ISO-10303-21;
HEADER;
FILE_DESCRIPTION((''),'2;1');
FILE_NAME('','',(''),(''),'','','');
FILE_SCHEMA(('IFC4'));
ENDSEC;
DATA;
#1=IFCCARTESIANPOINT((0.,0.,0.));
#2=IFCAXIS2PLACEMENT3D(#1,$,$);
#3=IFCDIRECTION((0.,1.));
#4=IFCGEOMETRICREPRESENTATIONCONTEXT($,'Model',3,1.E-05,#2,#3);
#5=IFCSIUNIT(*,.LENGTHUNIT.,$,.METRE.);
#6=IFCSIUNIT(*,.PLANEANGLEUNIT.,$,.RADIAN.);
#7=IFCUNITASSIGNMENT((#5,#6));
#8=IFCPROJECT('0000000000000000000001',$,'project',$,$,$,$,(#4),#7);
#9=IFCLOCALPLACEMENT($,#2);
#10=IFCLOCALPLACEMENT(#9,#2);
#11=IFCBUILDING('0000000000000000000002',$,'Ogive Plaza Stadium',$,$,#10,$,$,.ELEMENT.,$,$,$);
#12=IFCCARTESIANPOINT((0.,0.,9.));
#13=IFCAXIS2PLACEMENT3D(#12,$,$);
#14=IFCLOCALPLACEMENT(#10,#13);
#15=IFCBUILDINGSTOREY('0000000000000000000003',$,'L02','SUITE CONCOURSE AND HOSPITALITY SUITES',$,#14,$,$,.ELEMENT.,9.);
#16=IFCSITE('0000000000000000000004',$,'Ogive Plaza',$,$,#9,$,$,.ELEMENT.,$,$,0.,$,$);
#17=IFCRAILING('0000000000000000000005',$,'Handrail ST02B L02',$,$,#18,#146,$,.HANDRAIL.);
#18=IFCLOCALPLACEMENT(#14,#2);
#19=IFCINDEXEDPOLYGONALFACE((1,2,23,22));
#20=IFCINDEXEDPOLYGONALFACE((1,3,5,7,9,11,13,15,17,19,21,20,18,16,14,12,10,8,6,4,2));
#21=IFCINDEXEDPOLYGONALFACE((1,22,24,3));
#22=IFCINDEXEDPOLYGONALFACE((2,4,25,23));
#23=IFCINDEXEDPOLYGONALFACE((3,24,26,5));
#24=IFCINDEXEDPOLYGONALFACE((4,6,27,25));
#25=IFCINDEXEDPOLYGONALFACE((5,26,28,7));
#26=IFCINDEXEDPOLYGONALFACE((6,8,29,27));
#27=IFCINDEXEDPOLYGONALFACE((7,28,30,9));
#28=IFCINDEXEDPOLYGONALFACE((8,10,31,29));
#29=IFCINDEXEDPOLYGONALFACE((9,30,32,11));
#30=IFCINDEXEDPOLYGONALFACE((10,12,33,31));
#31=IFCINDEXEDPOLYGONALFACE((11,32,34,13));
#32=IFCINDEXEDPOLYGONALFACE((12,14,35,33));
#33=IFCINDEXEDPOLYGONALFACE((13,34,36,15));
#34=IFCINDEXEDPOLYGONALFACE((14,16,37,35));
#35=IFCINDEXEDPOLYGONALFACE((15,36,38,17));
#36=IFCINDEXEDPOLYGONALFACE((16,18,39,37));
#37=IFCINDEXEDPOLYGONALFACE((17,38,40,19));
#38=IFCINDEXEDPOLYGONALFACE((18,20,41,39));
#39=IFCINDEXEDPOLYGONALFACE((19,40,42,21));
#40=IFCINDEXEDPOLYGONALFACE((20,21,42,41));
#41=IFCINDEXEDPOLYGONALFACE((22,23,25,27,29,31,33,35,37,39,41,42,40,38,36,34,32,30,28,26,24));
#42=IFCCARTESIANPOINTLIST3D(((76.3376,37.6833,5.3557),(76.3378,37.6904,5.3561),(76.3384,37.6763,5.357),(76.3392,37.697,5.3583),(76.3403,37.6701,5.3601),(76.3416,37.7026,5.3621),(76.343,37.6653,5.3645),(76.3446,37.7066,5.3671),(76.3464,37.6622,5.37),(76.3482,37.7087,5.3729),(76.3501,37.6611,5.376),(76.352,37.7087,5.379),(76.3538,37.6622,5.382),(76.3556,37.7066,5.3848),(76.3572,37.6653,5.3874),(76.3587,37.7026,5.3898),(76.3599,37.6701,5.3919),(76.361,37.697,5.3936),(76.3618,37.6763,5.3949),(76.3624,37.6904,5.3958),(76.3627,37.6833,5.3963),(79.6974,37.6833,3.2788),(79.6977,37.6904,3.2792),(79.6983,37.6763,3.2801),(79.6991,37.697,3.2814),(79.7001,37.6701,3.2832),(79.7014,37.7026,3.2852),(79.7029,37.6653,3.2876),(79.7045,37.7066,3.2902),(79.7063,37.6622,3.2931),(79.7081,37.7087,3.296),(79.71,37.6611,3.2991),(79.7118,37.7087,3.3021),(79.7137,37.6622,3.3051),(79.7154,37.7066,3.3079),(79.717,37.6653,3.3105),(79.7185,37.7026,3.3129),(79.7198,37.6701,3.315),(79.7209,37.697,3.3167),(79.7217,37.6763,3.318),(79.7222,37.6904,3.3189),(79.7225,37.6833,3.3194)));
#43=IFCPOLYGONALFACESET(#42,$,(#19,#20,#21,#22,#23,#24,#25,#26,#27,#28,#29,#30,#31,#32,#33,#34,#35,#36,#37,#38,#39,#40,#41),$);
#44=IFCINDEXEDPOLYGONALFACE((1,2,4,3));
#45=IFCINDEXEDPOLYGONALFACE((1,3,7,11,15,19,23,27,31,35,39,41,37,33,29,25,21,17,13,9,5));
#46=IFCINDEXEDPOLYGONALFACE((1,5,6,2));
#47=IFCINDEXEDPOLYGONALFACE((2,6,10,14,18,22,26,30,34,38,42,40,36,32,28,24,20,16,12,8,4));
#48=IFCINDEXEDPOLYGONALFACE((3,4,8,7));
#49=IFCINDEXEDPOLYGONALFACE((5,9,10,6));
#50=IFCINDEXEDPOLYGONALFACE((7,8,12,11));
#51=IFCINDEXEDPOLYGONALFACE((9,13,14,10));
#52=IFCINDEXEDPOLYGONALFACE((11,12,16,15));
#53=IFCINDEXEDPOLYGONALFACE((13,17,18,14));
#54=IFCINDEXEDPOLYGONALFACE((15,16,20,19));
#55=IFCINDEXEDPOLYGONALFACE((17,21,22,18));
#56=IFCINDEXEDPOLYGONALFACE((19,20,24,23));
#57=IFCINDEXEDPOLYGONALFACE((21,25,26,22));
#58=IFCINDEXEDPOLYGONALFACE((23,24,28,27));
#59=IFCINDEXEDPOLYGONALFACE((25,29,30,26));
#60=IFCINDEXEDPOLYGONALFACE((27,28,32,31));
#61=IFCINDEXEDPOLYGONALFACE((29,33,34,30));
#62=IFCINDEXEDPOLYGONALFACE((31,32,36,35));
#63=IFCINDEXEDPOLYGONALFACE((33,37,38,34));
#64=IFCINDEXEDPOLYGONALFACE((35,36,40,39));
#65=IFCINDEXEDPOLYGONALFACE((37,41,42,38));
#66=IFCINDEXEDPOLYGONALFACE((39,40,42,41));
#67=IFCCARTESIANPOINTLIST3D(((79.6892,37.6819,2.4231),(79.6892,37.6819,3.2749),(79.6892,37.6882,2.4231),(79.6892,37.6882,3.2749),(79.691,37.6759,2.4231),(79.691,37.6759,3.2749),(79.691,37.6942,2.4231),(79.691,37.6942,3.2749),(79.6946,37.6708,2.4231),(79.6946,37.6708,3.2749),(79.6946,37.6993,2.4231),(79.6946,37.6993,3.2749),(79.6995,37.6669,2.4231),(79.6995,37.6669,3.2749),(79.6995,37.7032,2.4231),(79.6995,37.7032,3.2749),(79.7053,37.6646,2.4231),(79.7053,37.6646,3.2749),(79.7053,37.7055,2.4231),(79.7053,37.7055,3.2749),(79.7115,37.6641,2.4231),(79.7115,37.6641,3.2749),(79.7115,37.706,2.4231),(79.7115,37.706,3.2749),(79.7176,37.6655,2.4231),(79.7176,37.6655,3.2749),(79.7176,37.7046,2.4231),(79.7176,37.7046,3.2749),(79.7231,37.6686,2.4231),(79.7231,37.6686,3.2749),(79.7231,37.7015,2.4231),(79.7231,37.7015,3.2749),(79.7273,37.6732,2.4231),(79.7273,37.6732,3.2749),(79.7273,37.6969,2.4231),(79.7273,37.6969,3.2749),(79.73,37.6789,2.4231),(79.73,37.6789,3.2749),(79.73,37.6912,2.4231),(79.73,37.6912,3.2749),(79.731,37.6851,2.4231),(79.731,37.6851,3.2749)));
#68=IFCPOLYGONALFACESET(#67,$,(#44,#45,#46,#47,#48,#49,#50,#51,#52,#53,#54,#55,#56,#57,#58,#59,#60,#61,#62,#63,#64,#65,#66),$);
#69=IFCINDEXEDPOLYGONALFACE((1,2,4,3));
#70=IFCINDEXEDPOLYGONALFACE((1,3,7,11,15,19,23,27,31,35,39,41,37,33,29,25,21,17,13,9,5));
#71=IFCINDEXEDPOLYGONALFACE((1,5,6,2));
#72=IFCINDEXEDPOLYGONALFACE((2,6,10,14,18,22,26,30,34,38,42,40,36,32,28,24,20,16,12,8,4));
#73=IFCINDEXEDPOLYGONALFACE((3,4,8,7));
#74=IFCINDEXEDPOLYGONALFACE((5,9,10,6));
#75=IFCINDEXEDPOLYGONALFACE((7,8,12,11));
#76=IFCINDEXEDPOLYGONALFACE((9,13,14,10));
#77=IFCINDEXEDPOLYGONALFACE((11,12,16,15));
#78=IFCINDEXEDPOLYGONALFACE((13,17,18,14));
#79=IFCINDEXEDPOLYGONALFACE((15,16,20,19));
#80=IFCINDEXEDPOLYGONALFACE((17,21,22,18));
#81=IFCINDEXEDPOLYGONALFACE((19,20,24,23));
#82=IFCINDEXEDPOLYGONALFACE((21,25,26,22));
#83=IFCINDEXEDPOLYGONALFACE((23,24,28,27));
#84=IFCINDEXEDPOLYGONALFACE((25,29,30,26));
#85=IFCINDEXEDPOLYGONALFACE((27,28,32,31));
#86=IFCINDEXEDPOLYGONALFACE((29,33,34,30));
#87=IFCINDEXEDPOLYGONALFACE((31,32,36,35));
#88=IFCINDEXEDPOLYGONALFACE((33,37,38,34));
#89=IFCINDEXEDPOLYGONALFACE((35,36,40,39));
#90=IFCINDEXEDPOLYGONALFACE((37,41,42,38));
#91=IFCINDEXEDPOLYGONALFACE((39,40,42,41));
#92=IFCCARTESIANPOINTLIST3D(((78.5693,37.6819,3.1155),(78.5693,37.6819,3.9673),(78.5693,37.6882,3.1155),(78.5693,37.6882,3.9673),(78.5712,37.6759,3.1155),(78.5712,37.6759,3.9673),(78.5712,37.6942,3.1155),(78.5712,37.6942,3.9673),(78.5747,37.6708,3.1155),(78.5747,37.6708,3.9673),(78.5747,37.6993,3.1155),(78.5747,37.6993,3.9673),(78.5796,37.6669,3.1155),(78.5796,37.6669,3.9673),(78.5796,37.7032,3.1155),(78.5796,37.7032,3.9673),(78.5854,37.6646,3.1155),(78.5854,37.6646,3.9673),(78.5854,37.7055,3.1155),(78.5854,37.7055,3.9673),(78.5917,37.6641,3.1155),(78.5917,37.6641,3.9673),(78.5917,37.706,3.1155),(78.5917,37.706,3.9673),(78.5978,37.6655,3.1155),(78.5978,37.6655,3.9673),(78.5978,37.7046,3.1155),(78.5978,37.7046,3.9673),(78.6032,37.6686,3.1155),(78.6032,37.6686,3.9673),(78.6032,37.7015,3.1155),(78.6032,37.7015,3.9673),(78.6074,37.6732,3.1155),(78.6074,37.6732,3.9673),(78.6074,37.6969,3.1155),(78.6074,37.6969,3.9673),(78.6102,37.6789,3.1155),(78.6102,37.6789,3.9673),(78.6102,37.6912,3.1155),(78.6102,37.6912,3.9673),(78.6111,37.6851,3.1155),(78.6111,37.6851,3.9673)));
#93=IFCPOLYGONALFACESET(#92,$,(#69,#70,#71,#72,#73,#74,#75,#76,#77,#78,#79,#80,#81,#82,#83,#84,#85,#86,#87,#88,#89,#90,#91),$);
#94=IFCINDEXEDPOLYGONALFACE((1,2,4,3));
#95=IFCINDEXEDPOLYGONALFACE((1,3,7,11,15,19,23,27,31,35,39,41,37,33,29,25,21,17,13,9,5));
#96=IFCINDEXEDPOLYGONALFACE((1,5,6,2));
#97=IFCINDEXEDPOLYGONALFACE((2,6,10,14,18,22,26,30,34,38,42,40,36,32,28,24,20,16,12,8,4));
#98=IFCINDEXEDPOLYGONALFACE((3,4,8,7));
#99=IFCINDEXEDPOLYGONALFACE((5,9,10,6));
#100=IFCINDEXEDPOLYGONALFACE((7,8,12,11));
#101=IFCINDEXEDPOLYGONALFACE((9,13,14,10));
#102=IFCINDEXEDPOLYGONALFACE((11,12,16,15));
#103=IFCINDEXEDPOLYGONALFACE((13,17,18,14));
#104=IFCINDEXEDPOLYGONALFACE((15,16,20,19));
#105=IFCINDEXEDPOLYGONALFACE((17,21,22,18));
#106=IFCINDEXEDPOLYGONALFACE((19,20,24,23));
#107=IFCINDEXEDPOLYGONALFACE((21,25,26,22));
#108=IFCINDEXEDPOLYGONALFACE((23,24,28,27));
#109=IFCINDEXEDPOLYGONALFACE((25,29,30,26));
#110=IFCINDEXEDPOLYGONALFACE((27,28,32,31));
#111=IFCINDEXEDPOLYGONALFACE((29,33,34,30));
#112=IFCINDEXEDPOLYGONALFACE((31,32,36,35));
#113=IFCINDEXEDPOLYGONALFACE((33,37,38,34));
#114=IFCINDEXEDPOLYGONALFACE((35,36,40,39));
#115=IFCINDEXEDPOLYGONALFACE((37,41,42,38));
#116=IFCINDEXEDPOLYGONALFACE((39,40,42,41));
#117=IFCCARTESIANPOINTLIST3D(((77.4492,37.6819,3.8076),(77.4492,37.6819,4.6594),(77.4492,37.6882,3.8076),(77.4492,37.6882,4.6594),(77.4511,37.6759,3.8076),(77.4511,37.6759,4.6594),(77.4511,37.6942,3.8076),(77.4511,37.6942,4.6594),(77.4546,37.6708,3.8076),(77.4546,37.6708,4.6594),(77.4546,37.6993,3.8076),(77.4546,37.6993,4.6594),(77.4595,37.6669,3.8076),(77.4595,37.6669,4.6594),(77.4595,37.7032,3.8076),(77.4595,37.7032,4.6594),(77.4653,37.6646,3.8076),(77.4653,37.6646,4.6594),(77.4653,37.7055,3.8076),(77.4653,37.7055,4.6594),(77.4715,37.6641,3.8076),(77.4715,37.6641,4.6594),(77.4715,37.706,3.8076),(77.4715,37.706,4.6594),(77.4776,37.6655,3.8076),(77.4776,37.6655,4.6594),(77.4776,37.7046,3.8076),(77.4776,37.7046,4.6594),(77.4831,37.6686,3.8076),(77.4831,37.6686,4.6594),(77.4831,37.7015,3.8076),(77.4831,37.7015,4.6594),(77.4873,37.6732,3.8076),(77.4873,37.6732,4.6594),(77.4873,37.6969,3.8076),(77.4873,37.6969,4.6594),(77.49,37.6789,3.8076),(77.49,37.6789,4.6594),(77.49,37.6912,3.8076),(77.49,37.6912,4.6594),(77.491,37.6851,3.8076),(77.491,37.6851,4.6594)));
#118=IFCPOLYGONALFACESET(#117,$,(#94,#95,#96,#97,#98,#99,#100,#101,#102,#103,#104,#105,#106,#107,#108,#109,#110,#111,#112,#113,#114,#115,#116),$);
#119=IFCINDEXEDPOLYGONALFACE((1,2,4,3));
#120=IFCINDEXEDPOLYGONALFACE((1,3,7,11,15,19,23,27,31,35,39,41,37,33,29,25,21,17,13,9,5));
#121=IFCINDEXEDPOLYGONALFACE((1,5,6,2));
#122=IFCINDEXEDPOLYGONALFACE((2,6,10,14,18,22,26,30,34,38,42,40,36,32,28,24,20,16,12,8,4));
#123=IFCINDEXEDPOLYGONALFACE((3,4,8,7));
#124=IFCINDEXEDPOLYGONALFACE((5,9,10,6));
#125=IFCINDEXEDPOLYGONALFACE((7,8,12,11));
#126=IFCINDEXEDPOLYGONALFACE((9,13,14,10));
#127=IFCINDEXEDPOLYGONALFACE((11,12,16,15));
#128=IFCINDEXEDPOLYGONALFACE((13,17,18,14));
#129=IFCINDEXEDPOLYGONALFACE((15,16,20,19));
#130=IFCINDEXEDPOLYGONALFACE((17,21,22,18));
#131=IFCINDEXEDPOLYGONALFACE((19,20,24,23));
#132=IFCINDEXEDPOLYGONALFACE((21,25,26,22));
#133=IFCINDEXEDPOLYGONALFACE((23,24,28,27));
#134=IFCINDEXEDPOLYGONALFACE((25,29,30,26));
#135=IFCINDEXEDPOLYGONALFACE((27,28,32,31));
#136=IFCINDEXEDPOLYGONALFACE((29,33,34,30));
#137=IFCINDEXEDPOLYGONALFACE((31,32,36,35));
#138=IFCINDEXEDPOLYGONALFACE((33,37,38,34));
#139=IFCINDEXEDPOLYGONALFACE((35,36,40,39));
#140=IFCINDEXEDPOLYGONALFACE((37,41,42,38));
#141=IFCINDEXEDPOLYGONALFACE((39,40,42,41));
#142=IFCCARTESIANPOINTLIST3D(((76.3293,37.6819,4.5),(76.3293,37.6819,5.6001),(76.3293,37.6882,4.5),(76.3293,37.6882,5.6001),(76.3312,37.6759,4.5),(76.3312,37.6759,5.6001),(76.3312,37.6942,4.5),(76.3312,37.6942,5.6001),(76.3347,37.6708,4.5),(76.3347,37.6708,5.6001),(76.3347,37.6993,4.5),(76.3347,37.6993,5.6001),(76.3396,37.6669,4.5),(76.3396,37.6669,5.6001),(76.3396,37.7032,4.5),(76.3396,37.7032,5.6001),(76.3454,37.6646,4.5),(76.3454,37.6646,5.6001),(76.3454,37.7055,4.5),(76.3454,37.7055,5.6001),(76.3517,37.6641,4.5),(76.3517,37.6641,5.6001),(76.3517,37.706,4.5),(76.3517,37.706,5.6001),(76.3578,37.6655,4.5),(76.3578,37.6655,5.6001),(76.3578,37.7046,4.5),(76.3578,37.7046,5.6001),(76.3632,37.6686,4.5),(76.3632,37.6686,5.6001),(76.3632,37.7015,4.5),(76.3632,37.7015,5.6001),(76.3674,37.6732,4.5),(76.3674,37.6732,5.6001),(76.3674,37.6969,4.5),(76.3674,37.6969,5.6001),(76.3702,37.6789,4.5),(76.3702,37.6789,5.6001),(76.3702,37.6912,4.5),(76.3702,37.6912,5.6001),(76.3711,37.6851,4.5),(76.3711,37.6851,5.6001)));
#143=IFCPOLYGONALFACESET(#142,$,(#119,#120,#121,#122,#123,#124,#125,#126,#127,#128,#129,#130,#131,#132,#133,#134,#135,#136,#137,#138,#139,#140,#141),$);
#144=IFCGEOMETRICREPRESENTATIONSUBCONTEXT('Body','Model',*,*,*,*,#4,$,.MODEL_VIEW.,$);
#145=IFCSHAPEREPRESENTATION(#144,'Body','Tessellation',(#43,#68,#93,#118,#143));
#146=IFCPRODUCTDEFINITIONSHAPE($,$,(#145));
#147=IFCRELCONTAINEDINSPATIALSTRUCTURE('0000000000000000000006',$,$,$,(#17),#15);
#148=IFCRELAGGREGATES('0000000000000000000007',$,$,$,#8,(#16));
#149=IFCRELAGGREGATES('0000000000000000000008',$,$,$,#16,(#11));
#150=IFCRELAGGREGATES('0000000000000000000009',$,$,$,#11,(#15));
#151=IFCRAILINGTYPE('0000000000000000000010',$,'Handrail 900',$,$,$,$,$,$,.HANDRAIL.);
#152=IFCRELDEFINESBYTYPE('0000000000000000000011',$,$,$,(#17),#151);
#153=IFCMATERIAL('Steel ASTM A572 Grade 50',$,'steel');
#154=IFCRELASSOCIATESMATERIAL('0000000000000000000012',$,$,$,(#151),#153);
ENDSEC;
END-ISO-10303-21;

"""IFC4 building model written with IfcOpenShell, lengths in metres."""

from ifc_helpers import new_model, si_unit, direction, frame, origin, origin_2d, place, context, subcontext, project, spatial, circle, extrude, material, type_object, element, save


model = new_model("IFC4")

# Units and contexts
model_context = context("Model", 3, precision=1e-05, world=origin(), true_north=direction((0.0, 1.0)))
body_context = subcontext(model_context, "Body", "Model", "MODEL_VIEW")
ifc_project = project(units=[si_unit("LENGTHUNIT", "METRE"), si_unit("PLANEANGLEUNIT", "RADIAN")], contexts=[model_context])

# Site, building, storey
site_placement = place(None, origin())
site = spatial("IfcSite", under=ifc_project, at=site_placement, Name="Ogive Plaza", CompositionType="ELEMENT", RefElevation=0.0)
building_placement = place(site_placement, origin())
building = spatial("IfcBuilding", under=site, at=building_placement, Name="Ogive Plaza Stadium", CompositionType="ELEMENT")
storey_placement = place(building_placement, frame((0.0, 0.0, 9.0)))
storey = spatial("IfcBuildingStorey", under=building, at=storey_placement, Name="L02", Description="SUITE CONCOURSE AND HOSPITALITY SUITES", CompositionType="ELEMENT", Elevation=9.0)

# Railing
ifc_material_1 = material(Name="Steel ASTM A572 Grade 50", Category="steel")
railing_type_1 = type_object("IfcRailingType", Name="Handrail 900", PredefinedType="HANDRAIL", material=ifc_material_1)
for number, where, name in (
    (1, (79.71, 37.6851, 2.4231), "Handrail ST02B L02"),
):
    element("IfcRailing", number, at=place(storey_placement, frame(where)), inside=storey, type_object=railing_type_1, Name=name, PredefinedType="HANDRAIL", context=body_context, shape_type="SweptSolid", body=[
        extrude(circle(Radius=0.0239, at=origin_2d()), frame((0.0, 0.0, 0.876), z_axis=(-0.850606, 0.0, 0.525803), x_axis=(0.0, -1.0, 0.0)), (0.0, 0.0, 1.0), 3.95),
        extrude(circle(Radius=0.021, at=origin_2d()), origin(), (0.0, 0.0, 1.0), 0.8518),
        extrude(circle(Radius=0.021, at=origin_2d()), frame((-1.1199, 0.0, 0.6924)), (0.0, 0.0, 1.0), 0.8518),
        extrude(circle(Radius=0.021, at=origin_2d()), frame((-2.24, 0.0, 1.3845)), (0.0, 0.0, 1.0), 0.8518),
        extrude(circle(Radius=0.021, at=origin_2d()), frame((-3.3599, 0.0, 2.0769)), (0.0, 0.0, 1.0), 1.1001),
    ])

save(model, "model.ifc")
